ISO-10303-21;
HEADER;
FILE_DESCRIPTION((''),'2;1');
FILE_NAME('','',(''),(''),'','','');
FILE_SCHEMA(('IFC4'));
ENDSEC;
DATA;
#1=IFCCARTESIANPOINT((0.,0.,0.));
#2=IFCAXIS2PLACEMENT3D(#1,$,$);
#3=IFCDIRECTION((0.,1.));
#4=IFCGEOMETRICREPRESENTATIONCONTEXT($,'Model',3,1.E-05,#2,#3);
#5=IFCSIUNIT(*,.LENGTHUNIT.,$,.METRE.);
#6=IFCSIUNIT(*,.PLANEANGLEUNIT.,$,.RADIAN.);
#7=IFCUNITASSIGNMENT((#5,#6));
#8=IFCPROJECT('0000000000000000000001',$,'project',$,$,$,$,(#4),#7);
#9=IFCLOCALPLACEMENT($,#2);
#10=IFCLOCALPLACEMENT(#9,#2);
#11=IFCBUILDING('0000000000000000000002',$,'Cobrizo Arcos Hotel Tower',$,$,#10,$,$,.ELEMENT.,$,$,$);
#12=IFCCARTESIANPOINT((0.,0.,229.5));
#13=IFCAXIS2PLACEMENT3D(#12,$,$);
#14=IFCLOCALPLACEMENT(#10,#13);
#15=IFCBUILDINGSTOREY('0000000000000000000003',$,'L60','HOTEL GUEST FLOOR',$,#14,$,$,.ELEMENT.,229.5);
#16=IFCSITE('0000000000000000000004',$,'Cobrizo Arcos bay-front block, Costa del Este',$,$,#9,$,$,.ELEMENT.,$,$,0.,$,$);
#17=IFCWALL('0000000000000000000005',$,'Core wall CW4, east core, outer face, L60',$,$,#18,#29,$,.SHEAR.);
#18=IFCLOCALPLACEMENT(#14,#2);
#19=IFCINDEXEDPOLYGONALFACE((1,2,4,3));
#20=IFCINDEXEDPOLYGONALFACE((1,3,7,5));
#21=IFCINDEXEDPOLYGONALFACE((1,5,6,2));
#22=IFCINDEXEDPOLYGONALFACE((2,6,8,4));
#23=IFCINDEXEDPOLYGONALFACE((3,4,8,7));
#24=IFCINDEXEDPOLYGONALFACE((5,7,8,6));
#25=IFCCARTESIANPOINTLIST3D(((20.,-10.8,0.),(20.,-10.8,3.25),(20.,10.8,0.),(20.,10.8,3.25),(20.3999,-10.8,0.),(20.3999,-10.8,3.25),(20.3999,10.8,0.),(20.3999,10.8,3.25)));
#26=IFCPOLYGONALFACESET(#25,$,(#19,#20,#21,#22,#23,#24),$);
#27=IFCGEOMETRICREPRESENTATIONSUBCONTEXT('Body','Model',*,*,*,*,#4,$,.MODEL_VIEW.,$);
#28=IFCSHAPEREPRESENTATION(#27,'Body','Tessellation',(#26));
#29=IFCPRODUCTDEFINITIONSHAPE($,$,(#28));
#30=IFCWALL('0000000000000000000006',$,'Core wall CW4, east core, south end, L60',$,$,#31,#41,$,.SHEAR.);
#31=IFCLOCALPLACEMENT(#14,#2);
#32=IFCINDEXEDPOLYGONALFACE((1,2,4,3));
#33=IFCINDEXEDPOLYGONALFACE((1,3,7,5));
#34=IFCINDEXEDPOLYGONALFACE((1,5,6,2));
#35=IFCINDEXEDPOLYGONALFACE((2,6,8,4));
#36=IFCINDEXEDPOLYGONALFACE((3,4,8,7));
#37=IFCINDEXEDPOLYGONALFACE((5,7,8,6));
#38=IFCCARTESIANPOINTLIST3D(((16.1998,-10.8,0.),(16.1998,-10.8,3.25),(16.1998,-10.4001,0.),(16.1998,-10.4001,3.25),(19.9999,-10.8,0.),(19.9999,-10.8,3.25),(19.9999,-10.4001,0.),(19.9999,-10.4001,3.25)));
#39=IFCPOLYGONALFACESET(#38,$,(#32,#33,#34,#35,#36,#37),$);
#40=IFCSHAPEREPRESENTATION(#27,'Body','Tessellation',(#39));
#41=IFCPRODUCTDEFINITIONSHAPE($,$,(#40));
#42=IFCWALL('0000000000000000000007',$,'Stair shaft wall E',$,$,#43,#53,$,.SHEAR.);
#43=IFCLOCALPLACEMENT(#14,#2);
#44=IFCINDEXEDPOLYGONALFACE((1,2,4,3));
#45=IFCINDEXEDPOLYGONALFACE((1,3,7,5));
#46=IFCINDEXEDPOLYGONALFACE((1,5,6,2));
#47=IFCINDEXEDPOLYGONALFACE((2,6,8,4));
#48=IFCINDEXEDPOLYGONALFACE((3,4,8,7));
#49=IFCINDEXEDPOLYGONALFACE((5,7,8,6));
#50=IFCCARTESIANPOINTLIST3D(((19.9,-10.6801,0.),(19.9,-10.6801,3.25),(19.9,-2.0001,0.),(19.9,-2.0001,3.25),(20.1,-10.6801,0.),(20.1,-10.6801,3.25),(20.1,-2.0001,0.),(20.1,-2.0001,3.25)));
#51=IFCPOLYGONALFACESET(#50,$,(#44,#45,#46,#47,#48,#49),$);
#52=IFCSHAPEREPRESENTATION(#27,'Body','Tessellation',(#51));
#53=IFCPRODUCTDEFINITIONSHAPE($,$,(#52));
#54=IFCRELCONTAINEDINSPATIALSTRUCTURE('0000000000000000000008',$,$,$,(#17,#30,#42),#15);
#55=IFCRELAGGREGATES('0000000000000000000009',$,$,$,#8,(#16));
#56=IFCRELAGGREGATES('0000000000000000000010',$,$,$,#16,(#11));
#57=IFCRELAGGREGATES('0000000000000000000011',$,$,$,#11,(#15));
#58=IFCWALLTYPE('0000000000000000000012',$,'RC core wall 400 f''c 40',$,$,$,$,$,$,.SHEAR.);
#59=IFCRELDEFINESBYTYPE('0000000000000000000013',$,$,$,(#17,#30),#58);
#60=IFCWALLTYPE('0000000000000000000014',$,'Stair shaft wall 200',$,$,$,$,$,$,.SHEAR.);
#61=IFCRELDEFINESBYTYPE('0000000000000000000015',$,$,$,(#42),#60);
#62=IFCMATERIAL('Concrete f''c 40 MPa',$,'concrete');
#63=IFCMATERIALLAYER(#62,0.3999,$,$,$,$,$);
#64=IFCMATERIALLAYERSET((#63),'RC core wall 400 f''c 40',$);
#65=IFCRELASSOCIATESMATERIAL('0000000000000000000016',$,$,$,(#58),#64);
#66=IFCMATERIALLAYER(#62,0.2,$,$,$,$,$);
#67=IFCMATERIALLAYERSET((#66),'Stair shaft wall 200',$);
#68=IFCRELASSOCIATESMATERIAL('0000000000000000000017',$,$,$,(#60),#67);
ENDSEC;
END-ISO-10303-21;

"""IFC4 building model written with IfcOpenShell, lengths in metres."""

from ifc_helpers import new_model, si_unit, direction, frame, frame_2d, origin, place, context, subcontext, project, spatial, rectangle, extrude, material, layer, layer_set, type_object, element, save


model = new_model("IFC4")

# Units and contexts
model_context = context("Model", 3, precision=1e-05, world=origin(), true_north=direction((0.0, 1.0)))
body_context = subcontext(model_context, "Body", "Model", "MODEL_VIEW")
ifc_project = project(units=[si_unit("LENGTHUNIT", "METRE"), si_unit("PLANEANGLEUNIT", "RADIAN")], contexts=[model_context])

# Site, building, storey
site_placement = place(None, origin())
site = spatial("IfcSite", under=ifc_project, at=site_placement, Name="Cobrizo Arcos bay-front block, Costa del Este", CompositionType="ELEMENT", RefElevation=0.0)
building_placement = place(site_placement, origin())
building = spatial("IfcBuilding", under=site, at=building_placement, Name="Cobrizo Arcos Hotel Tower", CompositionType="ELEMENT")
storey_placement = place(building_placement, frame((0.0, 0.0, 229.5)))
storey = spatial("IfcBuildingStorey", under=building, at=storey_placement, Name="L60", Description="HOTEL GUEST FLOOR", CompositionType="ELEMENT", Elevation=229.5)

# Shared definitions
ifc_material_1 = material(Name="Concrete f'c 40 MPa", Category="concrete")
ifc_layer_1 = layer(ifc_material_1, 0.3999)
ifc_layer_set_1 = layer_set([ifc_layer_1], Name="RC core wall 400 f'c 40")
wall_type_1 = type_object("IfcWallType", Name="RC core wall 400 f'c 40", PredefinedType="SHEAR", material=ifc_layer_set_1)

# Walls
wall_1_placement = place(storey_placement, frame((20.2, -10.8, 0.0), z_axis=(0.0, 0.0, 1.0), x_axis=(0.0, 1.0, 0.0)))
element("IfcWall", 1, at=wall_1_placement, inside=storey, type_object=wall_type_1, Name="Core wall CW4, east core, outer face, L60", PredefinedType="SHEAR", context=body_context, shape_type="SweptSolid", body=[
    extrude(rectangle(XDim=21.6001, YDim=0.3999, at=frame_2d((10.8, 0.0))), origin(), (0.0, 0.0, 1.0), 3.25),
])
wall_2_placement = place(storey_placement, frame((16.2, -10.6001, 0.0), z_axis=(0.0, 0.0, 1.0), x_axis=(1.0, 0.0, 0.0)))
element("IfcWall", 2, at=wall_2_placement, inside=storey, type_object=wall_type_1, Name="Core wall CW4, east core, south end, L60", PredefinedType="SHEAR", context=body_context, shape_type="SweptSolid", body=[
    extrude(rectangle(XDim=3.8, YDim=0.3999, at=frame_2d((1.8999, 0.0))), origin(), (0.0, 0.0, 1.0), 3.25),
])
ifc_layer_2 = layer(ifc_material_1, 0.2)
ifc_layer_set_2 = layer_set([ifc_layer_2], Name="Stair shaft wall 200")
wall_type_2 = type_object("IfcWallType", Name="Stair shaft wall 200", PredefinedType="SHEAR", material=ifc_layer_set_2)
wall_3_placement = place(storey_placement, frame((20.0, -10.6799, 0.0), z_axis=(0.0, 0.0, 1.0), x_axis=(0.0, 1.0, 0.0)))
element("IfcWall", 3, at=wall_3_placement, inside=storey, type_object=wall_type_2, Name="Stair shaft wall E", PredefinedType="SHEAR", context=body_context, shape_type="SweptSolid", body=[
    extrude(rectangle(XDim=8.6799, YDim=0.2, at=frame_2d((4.3398, 0.0))), origin(), (0.0, 0.0, 1.0), 3.25),
])

save(model, "model.ifc")
